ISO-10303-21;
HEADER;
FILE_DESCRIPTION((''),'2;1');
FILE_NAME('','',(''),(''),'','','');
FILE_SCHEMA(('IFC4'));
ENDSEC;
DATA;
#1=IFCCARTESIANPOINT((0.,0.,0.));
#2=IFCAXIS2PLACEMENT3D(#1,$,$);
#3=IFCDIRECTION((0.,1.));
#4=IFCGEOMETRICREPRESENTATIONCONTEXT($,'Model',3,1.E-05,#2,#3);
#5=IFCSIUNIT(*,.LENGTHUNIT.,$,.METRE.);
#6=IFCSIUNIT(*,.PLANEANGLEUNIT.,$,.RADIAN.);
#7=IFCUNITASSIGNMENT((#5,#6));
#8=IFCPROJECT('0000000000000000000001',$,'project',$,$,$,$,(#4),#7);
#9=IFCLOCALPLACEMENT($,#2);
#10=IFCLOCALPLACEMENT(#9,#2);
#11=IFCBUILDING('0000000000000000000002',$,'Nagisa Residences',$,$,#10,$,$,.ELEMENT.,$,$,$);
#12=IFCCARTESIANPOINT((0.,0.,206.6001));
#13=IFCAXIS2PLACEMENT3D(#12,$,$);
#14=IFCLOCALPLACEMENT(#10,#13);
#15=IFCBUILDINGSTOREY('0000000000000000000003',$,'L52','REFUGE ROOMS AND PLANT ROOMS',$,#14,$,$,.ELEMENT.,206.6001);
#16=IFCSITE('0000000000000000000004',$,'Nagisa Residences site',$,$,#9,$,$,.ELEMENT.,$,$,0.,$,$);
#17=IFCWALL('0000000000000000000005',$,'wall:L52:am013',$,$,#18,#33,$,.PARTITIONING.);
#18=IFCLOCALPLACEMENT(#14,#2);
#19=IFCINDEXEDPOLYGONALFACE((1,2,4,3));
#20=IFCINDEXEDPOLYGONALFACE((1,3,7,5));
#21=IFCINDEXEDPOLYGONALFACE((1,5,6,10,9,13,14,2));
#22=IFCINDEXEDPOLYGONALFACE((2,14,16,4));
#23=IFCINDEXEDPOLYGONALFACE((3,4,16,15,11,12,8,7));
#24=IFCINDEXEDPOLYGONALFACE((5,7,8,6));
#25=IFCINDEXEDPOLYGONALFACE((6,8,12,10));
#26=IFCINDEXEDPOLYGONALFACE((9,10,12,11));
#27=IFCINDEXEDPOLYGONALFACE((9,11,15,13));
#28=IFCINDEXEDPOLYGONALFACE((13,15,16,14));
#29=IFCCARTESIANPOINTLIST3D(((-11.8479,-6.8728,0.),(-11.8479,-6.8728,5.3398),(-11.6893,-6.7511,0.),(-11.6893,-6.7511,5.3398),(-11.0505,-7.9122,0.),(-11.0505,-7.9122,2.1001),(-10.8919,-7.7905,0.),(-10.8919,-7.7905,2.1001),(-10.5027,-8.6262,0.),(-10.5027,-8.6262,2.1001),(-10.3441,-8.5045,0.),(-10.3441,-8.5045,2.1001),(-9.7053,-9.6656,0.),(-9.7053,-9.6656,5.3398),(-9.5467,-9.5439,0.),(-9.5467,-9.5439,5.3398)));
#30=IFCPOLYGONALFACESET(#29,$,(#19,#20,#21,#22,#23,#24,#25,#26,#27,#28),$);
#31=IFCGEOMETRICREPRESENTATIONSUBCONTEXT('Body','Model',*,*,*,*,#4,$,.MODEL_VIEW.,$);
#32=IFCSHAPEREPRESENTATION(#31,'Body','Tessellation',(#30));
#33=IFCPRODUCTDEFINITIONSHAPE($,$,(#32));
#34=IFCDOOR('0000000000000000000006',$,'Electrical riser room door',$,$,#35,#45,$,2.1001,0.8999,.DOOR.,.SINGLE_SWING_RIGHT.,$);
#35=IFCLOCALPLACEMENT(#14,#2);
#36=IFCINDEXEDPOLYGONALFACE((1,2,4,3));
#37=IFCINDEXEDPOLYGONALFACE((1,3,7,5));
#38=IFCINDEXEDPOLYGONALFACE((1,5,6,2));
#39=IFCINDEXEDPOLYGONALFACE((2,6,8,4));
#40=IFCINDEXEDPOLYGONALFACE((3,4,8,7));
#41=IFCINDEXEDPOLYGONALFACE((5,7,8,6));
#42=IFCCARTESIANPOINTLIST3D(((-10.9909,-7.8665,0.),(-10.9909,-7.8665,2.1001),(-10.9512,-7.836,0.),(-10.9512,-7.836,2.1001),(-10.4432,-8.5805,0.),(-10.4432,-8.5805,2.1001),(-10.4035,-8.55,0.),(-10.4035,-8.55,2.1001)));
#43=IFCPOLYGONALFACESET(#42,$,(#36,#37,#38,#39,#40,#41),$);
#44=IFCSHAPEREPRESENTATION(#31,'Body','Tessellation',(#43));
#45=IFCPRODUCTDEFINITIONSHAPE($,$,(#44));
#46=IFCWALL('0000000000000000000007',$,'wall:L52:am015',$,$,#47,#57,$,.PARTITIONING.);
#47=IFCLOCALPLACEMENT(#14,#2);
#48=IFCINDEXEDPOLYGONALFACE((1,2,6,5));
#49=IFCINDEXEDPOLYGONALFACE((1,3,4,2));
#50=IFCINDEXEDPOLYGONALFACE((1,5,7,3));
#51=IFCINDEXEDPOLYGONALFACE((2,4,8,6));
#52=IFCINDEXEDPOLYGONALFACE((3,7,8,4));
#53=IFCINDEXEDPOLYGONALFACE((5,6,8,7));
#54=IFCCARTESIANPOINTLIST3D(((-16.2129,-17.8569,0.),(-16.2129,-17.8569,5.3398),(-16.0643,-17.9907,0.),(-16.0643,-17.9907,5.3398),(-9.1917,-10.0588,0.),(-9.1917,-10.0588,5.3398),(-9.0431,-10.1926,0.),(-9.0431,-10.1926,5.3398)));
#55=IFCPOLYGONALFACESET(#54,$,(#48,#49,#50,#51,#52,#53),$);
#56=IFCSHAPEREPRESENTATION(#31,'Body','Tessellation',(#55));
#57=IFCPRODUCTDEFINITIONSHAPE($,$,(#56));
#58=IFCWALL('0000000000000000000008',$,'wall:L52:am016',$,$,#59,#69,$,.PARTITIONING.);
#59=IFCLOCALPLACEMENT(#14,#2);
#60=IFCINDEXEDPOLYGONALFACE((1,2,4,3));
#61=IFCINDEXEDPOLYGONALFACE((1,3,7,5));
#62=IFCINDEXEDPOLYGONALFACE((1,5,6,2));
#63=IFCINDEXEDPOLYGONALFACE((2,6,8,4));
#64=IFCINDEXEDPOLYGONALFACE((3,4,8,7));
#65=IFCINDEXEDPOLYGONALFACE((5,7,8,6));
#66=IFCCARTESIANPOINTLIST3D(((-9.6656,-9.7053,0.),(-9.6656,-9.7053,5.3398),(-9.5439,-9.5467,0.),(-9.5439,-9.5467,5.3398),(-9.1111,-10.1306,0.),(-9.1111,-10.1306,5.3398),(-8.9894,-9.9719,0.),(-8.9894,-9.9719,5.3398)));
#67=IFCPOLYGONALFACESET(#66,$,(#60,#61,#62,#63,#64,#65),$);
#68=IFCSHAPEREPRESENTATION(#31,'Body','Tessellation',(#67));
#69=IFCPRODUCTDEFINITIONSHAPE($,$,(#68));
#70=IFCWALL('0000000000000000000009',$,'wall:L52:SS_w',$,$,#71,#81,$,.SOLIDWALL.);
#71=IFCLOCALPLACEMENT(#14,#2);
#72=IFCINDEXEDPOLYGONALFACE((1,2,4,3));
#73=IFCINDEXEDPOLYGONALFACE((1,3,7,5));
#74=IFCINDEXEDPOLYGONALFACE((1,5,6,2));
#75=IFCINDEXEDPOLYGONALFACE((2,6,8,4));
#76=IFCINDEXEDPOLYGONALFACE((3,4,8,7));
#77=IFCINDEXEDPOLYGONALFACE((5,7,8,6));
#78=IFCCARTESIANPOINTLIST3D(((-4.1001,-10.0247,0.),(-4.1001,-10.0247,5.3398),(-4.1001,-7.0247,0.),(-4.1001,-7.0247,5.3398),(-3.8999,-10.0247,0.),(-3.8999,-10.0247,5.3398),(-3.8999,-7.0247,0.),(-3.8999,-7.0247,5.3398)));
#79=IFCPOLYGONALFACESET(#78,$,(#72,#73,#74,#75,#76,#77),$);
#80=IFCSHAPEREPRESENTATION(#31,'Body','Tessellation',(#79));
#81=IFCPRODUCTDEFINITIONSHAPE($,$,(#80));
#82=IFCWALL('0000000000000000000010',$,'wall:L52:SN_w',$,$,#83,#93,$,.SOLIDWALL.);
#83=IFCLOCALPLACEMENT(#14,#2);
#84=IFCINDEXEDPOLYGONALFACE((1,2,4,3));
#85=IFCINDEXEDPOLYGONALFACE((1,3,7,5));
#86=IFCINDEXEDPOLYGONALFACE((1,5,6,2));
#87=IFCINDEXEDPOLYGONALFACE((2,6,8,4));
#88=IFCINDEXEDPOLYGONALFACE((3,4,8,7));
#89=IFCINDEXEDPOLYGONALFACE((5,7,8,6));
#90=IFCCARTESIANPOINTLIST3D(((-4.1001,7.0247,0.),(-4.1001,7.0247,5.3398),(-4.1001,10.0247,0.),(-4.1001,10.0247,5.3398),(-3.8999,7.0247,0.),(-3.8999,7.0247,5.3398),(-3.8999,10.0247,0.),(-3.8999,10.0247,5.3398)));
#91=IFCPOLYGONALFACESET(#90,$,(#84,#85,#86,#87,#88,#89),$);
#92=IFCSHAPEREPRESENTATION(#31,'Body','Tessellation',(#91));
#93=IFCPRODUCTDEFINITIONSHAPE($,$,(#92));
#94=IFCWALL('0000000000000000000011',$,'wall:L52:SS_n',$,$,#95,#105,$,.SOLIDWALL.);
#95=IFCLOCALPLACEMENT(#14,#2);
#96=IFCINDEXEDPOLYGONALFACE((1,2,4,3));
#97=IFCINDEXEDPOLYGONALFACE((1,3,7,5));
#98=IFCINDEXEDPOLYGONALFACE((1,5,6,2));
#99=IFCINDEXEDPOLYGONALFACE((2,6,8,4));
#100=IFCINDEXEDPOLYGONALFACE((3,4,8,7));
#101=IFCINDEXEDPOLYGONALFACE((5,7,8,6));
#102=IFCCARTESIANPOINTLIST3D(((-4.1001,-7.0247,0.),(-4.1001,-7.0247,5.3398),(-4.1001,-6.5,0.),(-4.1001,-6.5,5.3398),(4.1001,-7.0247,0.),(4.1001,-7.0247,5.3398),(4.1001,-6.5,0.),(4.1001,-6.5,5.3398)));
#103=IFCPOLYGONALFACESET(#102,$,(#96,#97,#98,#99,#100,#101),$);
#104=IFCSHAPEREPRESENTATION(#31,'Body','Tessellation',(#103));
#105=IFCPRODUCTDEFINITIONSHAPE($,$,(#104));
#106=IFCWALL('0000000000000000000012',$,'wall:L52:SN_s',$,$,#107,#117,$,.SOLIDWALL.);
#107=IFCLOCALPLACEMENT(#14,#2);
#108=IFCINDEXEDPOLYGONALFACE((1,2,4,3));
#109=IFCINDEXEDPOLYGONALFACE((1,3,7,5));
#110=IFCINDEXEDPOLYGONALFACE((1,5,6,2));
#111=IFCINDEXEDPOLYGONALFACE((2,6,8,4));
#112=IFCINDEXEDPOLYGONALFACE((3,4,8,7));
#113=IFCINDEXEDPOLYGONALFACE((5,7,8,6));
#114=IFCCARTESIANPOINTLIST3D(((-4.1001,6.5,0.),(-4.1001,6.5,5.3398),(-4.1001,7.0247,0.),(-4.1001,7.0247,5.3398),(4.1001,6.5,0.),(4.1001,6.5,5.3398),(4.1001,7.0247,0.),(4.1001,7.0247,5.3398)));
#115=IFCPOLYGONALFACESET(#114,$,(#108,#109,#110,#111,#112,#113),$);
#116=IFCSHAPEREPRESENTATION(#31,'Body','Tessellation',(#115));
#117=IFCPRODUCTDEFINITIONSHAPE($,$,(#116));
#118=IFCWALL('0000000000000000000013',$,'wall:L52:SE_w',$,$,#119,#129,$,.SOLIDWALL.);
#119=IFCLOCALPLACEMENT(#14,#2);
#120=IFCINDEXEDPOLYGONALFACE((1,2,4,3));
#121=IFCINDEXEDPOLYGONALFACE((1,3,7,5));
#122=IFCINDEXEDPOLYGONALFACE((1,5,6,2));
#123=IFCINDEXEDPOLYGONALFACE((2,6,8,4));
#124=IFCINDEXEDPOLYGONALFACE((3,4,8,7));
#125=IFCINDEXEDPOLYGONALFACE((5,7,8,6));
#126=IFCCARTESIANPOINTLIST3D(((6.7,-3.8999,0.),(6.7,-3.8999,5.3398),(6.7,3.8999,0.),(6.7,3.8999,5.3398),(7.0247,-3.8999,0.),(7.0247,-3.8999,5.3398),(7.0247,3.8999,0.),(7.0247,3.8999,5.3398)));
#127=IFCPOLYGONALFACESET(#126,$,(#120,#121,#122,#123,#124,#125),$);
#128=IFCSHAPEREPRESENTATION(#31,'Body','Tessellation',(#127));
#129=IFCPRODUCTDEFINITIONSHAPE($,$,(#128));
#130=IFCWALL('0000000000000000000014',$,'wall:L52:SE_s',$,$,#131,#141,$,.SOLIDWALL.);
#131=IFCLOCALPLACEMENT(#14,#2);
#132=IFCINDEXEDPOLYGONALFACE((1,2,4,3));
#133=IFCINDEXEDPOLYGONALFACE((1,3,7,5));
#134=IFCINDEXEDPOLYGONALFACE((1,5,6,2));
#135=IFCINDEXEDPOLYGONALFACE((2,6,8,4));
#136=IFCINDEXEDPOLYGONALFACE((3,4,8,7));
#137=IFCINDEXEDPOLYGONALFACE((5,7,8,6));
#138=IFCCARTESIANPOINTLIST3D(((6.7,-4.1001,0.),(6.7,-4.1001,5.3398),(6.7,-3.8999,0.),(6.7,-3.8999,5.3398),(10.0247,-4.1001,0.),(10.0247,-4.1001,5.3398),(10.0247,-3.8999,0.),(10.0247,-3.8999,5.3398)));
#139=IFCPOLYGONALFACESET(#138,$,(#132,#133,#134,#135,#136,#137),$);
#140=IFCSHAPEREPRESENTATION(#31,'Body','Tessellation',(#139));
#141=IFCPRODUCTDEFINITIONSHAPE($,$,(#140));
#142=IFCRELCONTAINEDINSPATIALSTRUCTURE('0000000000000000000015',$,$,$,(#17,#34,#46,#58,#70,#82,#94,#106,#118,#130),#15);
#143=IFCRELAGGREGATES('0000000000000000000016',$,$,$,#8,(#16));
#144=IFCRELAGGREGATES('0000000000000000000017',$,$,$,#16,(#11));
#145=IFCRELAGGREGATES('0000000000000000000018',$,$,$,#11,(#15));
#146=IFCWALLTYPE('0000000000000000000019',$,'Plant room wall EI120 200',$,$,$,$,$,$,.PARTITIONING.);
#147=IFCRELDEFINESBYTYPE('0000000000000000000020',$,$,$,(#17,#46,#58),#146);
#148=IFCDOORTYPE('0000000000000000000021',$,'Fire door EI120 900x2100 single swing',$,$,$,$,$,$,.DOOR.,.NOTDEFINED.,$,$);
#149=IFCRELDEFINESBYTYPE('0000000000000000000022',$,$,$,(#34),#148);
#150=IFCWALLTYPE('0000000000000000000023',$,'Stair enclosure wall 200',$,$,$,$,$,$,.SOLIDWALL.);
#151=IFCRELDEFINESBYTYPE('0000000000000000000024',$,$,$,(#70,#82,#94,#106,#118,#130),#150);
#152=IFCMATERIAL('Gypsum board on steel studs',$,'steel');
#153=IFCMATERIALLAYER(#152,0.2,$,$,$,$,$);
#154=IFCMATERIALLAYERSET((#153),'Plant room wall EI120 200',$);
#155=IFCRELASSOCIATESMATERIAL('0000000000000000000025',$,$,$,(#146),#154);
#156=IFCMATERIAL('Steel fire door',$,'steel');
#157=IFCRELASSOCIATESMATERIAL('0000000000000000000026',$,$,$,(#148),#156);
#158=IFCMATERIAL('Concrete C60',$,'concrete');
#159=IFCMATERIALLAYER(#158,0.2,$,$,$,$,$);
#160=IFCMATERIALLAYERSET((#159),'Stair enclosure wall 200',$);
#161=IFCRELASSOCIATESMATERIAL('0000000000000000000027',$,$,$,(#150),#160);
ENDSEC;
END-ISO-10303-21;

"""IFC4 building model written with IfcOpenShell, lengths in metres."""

from ifc_helpers import new_model, si_unit, direction, frame, frame_2d, origin, place, context, subcontext, project, spatial, polyline, rectangle, outline, extrude, material, layer, layer_set, type_object, element, fill, save


model = new_model("IFC4")

# Units and contexts
model_context = context("Model", 3, precision=1e-05, world=origin(), true_north=direction((0.0, 1.0)))
body_context = subcontext(model_context, "Body", "Model", "MODEL_VIEW")
ifc_project = project(units=[si_unit("LENGTHUNIT", "METRE"), si_unit("PLANEANGLEUNIT", "RADIAN")], contexts=[model_context])

# Site, building, storey
site_placement = place(None, origin())
site = spatial("IfcSite", under=ifc_project, at=site_placement, Name="Nagisa Residences site", CompositionType="ELEMENT", RefElevation=0.0)
building_placement = place(site_placement, origin())
building = spatial("IfcBuilding", under=site, at=building_placement, Name="Nagisa Residences", CompositionType="ELEMENT")
storey_placement = place(building_placement, frame((0.0, 0.0, 206.6001)))
storey = spatial("IfcBuildingStorey", under=building, at=storey_placement, Name="L52", Description="REFUGE ROOMS AND PLANT ROOMS", CompositionType="ELEMENT", Elevation=206.6001)

# Wall, opening, door
ifc_material_1 = material(Name="Gypsum board on steel studs", Category="steel")
ifc_layer_1 = layer(ifc_material_1, 0.2)
ifc_layer_set_1 = layer_set([ifc_layer_1], Name="Plant room wall EI120 200")
wall_type_1 = type_object("IfcWallType", Name="Plant room wall EI120 200", PredefinedType="PARTITIONING", material=ifc_layer_set_1)
wall_1_placement = place(storey_placement, frame((-9.626, -9.6047, 0.0), z_axis=(0.0, 0.0, 1.0), x_axis=(-0.608698, 0.793402, 0.0)))
wall_1 = element("IfcWall", 1, at=wall_1_placement, inside=storey, type_object=wall_type_1, Name="wall:L52:am013", PredefinedType="PARTITIONING", context=body_context, shape_type="SweptSolid", body=[
    extrude(rectangle(XDim=3.52, YDim=0.2, at=frame_2d((1.76, 0.0))), origin(), (0.0, 0.0, 1.0), 5.3398),
])
opening_1_placement = place(wall_1_placement, frame((1.3101, 0.0, 0.0)))
opening_1 = element("IfcOpeningElement", 2, at=opening_1_placement, cuts=wall_1, PredefinedType="OPENING", context=body_context, shape_type="SweptSolid", body=[
    extrude(rectangle(XDim=0.8999, YDim=2.1001, at=frame_2d((0.45, 1.05))), frame((0.0, 0.1099, 0.0), z_axis=(0.0, -1.0, 0.0), x_axis=(1.0, 0.0, 0.0)), (0.0, 0.0, 1.0), 0.22),
])
ifc_material_2 = material(Name="Steel fire door", Category="steel")
door_type_1 = type_object("IfcDoorType", Name="Fire door EI120 900x2100 single swing", OperationType="NOTDEFINED", PredefinedType="DOOR", material=ifc_material_2)
door_1_placement = place(opening_1_placement, origin())
door_1 = element("IfcDoor", 3, at=door_1_placement, inside=storey, type_object=door_type_1, Name="Electrical riser room door", OperationType="SINGLE_SWING_RIGHT", OverallHeight=2.1001, OverallWidth=0.8999, PredefinedType="DOOR", context=body_context, shape_type="SweptSolid", body=[
    extrude(rectangle(XDim=0.8999, YDim=2.1001, at=frame_2d((0.45, 1.05))), frame((0.0, 0.0249, 0.0), z_axis=(0.0, -1.0, 0.0), x_axis=(1.0, 0.0, 0.0)), (0.0, 0.0, 1.0), 0.05),
])
fill(opening_1, door_1)

# Walls
wall_2_placement = place(storey_placement, frame((-9.1174, -10.1257, 0.0), z_axis=(0.0, 0.0, 1.0), x_axis=(-0.66912, -0.743154, 0.0)))
element("IfcWall", 4, at=wall_2_placement, inside=storey, type_object=wall_type_1, Name="wall:L52:am015", PredefinedType="PARTITIONING", context=body_context, shape_type="SweptSolid", body=[
    extrude(rectangle(XDim=10.4932, YDim=0.2, at=frame_2d((5.2466, 0.0))), origin(), (0.0, 0.0, 1.0), 5.3398),
])
wall_3_placement = place(storey_placement, frame((-9.0503, -10.0513, 0.0), z_axis=(0.0, 0.0, 1.0), x_axis=(-0.793455, 0.60863, 0.0)))
element("IfcWall", 5, at=wall_3_placement, inside=storey, type_object=wall_type_1, Name="wall:L52:am016", PredefinedType="PARTITIONING", context=body_context, shape_type="SweptSolid", body=[
    extrude(rectangle(XDim=0.6987, YDim=0.2, at=frame_2d((0.3494, 0.0))), origin(), (0.0, 0.0, 1.0), 5.3398),
])
ifc_material_3 = material(Name="Concrete C60", Category="concrete")
ifc_layer_2 = layer(ifc_material_3, 0.2)
ifc_layer_set_2 = layer_set([ifc_layer_2], Name="Stair enclosure wall 200")
wall_type_2 = type_object("IfcWallType", Name="Stair enclosure wall 200", PredefinedType="SOLIDWALL", material=ifc_layer_set_2)
wall_4_placement = place(storey_placement, origin())
element("IfcWall", 6, at=wall_4_placement, inside=storey, type_object=wall_type_2, Name="wall:L52:SS_w", PredefinedType="SOLIDWALL", context=body_context, shape_type="SweptSolid", body=[
    extrude(outline(polyline([(-3.8999, -10.0247), (-4.1001, -10.0247), (-4.1001, -7.0247), (-3.8999, -7.0247), (-3.8999, -10.0247)])), origin(), (0.0, 0.0, 1.0), 5.3398),
])
wall_5_placement = place(storey_placement, origin())
element("IfcWall", 7, at=wall_5_placement, inside=storey, type_object=wall_type_2, Name="wall:L52:SN_w", PredefinedType="SOLIDWALL", context=body_context, shape_type="SweptSolid", body=[
    extrude(outline(polyline([(-3.8999, 7.0247), (-4.1001, 7.0247), (-4.1001, 10.0247), (-3.8999, 10.0247), (-3.8999, 7.0247)])), origin(), (0.0, 0.0, 1.0), 5.3398),
])
wall_6_placement = place(storey_placement, origin())
element("IfcWall", 8, at=wall_6_placement, inside=storey, type_object=wall_type_2, Name="wall:L52:SS_n", PredefinedType="SOLIDWALL", context=body_context, shape_type="SweptSolid", body=[
    extrude(outline(polyline([(4.1001, -7.0247), (-4.1001, -7.0247), (-4.1001, -6.5), (4.1001, -6.5), (4.1001, -7.0247)])), origin(), (0.0, 0.0, 1.0), 5.3398),
])
wall_7_placement = place(storey_placement, origin())
element("IfcWall", 9, at=wall_7_placement, inside=storey, type_object=wall_type_2, Name="wall:L52:SN_s", PredefinedType="SOLIDWALL", context=body_context, shape_type="SweptSolid", body=[
    extrude(outline(polyline([(4.1001, 6.5), (-4.1001, 6.5), (-4.1001, 7.0247), (4.1001, 7.0247), (4.1001, 6.5)])), origin(), (0.0, 0.0, 1.0), 5.3398),
])
wall_8_placement = place(storey_placement, origin())
element("IfcWall", 10, at=wall_8_placement, inside=storey, type_object=wall_type_2, Name="wall:L52:SE_w", PredefinedType="SOLIDWALL", context=body_context, shape_type="SweptSolid", body=[
    extrude(outline(polyline([(7.0247, -3.8999), (6.7, -3.8999), (6.7, 3.8999), (7.0247, 3.8999), (7.0247, -3.8999)])), origin(), (0.0, 0.0, 1.0), 5.3398),
])
wall_9_placement = place(storey_placement, origin())
element("IfcWall", 11, at=wall_9_placement, inside=storey, type_object=wall_type_2, Name="wall:L52:SE_s", PredefinedType="SOLIDWALL", context=body_context, shape_type="SweptSolid", body=[
    extrude(outline(polyline([(10.0247, -4.1001), (6.7, -4.1001), (6.7, -3.8999), (10.0247, -3.8999), (10.0247, -4.1001)])), origin(), (0.0, 0.0, 1.0), 5.3398),
])

save(model, "model.ifc")
